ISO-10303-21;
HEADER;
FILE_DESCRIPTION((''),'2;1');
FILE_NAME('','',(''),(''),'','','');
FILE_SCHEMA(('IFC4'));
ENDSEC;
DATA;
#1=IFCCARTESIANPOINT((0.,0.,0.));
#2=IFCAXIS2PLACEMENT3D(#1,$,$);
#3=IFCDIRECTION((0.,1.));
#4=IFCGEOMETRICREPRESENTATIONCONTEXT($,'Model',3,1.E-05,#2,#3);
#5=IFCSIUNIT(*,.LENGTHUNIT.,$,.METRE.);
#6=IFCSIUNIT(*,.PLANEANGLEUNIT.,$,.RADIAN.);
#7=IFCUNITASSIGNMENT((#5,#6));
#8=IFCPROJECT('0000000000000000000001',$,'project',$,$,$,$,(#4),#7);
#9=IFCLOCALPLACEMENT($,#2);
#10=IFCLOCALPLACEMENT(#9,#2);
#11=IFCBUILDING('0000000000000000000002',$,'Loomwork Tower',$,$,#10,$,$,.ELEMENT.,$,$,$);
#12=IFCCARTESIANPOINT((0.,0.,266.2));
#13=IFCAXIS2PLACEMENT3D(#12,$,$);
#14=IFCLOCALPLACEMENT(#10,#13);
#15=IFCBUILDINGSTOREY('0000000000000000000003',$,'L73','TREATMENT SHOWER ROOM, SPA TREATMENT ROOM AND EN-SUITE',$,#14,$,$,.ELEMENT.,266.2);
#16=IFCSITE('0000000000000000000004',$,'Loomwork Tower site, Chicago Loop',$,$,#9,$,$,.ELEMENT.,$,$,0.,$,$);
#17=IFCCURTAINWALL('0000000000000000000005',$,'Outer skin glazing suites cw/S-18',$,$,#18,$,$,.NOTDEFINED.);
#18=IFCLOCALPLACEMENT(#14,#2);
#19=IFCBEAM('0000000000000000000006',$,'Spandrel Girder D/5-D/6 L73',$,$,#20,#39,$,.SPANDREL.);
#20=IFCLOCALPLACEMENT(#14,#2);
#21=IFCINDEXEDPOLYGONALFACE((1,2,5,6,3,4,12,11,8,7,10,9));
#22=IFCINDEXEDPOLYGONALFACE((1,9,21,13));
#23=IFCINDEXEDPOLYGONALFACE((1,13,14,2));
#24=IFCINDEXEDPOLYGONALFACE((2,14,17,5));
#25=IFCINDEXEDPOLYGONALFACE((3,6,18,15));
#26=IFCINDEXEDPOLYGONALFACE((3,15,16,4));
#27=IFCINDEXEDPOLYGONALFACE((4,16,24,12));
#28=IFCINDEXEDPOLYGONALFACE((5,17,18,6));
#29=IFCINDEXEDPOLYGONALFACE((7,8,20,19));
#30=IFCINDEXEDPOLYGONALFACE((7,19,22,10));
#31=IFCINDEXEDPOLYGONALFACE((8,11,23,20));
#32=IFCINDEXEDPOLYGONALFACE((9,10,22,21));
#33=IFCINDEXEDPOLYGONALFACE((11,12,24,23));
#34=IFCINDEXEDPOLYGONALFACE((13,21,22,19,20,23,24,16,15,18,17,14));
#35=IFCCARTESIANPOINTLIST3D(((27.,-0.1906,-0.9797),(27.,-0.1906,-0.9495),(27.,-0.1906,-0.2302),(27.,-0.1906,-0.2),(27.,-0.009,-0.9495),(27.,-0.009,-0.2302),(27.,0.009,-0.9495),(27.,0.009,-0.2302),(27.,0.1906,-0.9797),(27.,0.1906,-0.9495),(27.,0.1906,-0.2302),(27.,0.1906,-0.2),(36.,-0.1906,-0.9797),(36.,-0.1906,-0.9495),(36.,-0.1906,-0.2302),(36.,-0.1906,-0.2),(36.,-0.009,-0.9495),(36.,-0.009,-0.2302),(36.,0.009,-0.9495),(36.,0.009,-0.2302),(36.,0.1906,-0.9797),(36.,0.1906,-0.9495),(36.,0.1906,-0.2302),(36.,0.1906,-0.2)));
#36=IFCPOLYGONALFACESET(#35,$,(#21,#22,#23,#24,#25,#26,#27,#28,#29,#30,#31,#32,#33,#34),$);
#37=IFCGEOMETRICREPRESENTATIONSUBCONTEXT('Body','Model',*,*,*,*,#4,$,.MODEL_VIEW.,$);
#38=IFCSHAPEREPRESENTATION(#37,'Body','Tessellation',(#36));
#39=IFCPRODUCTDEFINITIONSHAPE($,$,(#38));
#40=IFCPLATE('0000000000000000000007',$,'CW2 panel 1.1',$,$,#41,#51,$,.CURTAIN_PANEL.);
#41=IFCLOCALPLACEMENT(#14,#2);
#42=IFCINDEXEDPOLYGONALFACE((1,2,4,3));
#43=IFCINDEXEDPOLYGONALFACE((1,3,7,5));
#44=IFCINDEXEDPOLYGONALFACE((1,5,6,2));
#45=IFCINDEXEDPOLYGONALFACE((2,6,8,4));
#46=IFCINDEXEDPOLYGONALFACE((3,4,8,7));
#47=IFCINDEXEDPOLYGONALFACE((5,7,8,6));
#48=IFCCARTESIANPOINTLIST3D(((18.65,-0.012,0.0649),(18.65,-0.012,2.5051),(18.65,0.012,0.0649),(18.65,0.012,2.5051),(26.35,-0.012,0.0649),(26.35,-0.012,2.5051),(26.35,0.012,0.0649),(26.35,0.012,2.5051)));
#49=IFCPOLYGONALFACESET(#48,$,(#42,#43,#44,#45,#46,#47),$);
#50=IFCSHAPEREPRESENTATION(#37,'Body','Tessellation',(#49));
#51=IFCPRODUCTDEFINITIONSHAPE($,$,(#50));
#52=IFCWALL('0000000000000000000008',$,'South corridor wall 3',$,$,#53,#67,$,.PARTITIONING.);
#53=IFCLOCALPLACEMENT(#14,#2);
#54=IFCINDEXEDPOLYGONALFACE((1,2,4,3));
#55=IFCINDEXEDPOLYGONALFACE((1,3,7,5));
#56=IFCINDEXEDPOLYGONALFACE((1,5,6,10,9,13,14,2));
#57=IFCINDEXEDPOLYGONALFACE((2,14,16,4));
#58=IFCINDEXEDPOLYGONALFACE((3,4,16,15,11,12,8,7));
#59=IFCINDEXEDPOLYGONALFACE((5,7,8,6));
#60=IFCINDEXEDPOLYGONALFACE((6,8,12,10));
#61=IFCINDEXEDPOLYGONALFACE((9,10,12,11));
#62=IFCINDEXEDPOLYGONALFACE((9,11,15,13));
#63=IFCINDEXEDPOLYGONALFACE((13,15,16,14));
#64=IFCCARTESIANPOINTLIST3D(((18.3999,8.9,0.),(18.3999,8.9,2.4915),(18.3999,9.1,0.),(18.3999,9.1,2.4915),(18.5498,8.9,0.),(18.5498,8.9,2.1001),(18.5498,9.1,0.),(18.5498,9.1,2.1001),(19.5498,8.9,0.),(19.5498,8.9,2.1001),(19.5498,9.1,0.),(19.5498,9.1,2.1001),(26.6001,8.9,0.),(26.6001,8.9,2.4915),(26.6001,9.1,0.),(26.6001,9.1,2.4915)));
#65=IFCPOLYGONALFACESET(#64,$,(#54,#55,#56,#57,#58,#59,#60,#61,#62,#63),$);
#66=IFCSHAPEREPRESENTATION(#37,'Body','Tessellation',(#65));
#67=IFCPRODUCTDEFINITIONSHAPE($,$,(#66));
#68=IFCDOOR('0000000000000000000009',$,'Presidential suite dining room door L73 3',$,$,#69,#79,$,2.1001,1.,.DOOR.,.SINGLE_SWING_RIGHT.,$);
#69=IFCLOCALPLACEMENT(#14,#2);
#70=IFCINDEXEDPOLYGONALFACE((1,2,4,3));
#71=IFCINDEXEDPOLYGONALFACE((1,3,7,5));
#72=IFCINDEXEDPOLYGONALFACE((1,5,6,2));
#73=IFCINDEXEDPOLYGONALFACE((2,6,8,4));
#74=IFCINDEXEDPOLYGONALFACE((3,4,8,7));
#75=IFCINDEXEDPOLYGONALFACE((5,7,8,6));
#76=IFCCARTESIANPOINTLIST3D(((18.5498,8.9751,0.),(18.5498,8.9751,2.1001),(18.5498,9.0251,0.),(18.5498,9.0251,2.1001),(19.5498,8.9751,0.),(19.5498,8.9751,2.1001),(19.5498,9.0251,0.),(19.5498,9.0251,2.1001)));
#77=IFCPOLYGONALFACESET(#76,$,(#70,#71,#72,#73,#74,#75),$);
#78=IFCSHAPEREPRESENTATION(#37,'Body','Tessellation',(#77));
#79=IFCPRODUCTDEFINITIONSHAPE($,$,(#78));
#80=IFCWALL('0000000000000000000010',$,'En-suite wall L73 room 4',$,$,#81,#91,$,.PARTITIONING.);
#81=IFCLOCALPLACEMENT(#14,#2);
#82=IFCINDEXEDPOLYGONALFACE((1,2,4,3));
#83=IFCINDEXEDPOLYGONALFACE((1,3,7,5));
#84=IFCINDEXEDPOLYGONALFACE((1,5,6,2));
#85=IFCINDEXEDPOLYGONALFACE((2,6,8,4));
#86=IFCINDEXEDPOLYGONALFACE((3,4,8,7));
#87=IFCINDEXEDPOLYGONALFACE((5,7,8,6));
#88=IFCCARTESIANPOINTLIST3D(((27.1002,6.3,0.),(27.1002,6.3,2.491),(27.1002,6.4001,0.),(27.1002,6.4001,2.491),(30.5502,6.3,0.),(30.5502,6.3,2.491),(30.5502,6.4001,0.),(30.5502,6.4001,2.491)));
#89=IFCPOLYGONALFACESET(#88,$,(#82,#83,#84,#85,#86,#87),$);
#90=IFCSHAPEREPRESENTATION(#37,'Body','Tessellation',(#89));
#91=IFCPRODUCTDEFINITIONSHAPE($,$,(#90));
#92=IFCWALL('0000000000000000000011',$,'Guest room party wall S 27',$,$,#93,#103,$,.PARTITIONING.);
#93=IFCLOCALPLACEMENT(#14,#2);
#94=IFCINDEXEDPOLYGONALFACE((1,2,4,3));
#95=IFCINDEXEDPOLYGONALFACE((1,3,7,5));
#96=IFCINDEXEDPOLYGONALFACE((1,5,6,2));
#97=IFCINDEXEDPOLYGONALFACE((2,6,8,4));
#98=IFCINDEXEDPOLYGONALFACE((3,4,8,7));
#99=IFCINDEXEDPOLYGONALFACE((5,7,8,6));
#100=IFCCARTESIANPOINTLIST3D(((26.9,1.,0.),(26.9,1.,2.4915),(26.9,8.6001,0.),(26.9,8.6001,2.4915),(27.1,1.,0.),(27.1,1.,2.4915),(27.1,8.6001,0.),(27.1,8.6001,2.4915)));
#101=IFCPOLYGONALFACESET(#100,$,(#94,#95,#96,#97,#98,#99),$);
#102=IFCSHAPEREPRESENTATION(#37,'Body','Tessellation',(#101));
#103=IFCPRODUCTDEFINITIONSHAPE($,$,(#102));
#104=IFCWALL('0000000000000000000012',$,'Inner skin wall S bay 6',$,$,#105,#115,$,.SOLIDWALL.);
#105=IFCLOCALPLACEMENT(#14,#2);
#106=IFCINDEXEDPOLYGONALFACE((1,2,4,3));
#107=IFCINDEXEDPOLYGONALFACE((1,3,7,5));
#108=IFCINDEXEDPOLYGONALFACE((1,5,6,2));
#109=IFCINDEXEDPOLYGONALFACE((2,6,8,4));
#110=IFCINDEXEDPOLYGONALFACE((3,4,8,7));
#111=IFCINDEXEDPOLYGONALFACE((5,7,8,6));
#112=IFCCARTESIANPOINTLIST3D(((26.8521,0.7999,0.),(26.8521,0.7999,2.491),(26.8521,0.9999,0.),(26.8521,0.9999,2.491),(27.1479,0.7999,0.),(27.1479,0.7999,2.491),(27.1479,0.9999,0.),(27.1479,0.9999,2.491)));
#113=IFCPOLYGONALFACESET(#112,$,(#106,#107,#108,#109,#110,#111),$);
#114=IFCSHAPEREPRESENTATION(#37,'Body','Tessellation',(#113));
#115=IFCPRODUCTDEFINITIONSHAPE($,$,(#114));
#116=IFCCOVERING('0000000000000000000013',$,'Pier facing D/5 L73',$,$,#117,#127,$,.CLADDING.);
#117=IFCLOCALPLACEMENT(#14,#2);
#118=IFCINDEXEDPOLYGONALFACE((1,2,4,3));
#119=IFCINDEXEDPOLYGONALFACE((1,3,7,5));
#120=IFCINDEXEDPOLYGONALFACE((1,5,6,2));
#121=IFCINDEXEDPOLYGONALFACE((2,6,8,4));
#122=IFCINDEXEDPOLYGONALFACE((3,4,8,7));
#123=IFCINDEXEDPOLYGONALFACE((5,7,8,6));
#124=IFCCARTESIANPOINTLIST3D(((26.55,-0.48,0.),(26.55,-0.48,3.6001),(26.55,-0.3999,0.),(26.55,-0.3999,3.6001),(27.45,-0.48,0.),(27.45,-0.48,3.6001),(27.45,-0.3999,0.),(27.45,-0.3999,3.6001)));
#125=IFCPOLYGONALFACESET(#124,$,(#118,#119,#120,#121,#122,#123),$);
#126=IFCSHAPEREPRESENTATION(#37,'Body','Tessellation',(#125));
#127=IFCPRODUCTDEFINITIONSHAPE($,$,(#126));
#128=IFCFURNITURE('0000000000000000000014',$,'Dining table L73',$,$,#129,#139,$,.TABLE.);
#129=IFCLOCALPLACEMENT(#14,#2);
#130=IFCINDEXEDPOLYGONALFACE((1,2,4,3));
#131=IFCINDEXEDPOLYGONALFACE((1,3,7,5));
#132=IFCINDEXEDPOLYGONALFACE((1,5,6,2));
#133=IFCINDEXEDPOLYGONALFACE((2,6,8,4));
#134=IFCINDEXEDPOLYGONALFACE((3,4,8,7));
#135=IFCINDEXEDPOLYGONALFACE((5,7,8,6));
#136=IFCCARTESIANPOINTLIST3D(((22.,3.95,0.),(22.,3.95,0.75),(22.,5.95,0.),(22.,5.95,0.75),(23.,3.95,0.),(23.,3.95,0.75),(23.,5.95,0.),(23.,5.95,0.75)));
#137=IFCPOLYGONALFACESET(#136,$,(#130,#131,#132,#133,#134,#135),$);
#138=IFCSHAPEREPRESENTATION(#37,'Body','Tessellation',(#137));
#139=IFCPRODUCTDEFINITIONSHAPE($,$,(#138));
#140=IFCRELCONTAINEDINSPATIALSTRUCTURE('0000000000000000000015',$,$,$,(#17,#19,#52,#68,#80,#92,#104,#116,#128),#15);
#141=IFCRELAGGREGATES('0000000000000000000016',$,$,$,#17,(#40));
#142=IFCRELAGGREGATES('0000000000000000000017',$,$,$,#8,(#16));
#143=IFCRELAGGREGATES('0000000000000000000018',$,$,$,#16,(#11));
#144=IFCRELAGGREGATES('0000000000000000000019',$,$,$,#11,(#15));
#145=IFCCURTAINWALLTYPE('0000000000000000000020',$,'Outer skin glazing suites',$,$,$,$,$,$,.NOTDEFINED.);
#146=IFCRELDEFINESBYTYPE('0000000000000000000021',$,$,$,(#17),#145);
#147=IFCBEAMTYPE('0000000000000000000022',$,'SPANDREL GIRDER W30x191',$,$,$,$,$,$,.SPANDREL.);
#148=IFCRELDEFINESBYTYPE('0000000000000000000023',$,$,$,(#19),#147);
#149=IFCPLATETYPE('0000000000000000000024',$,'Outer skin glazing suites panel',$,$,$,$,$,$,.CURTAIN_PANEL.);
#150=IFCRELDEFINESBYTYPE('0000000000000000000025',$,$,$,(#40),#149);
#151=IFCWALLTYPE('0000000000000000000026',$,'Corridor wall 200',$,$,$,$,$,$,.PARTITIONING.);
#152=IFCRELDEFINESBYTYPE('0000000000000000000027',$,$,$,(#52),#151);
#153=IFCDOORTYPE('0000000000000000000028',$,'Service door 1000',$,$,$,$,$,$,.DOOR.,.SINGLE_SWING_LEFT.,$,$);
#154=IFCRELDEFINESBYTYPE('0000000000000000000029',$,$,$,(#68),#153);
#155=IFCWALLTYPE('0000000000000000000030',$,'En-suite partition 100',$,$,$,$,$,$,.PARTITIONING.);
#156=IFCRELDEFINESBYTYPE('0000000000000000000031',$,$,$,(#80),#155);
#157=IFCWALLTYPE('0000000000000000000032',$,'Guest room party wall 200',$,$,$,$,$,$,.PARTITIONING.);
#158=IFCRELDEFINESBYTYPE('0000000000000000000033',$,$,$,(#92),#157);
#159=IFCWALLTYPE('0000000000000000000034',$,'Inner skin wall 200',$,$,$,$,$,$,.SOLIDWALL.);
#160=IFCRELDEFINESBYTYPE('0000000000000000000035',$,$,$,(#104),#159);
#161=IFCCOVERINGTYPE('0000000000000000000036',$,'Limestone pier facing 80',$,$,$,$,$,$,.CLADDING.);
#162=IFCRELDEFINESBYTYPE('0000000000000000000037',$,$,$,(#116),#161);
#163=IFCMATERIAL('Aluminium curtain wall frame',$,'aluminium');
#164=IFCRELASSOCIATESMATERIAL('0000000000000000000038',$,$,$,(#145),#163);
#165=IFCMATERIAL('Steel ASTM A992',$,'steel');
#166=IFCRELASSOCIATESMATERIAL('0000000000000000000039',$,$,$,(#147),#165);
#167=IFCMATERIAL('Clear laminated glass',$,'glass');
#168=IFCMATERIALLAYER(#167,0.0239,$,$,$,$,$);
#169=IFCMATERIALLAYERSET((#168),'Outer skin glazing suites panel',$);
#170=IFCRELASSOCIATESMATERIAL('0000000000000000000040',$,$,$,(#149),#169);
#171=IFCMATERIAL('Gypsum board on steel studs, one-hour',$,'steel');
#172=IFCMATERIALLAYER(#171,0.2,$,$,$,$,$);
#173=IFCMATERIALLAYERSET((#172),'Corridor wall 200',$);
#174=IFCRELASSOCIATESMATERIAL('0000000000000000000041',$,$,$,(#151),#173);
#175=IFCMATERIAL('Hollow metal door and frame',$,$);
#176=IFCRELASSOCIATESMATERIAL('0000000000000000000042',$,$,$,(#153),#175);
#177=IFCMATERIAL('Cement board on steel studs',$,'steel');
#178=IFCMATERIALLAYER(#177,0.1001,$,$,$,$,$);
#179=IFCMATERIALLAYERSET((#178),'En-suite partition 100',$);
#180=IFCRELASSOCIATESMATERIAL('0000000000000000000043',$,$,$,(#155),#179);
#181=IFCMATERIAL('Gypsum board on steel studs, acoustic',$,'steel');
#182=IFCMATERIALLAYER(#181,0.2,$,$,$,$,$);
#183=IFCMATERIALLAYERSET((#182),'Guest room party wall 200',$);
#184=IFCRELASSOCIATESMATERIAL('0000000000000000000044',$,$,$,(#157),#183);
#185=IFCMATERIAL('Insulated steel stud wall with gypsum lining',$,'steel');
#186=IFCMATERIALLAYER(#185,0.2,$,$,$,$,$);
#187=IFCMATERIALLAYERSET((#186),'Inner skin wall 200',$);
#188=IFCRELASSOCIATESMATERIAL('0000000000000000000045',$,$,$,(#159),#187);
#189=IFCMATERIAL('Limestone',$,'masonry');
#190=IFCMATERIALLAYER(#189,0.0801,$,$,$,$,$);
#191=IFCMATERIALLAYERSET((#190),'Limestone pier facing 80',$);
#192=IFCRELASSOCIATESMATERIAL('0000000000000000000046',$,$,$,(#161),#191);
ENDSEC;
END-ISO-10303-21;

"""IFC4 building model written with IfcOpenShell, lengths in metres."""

from ifc_helpers import new_model, si_unit, direction, frame, frame_2d, origin, origin_2d, place, context, subcontext, project, spatial, rectangle, i_section, extrude, material, layer, layer_set, material_profile, profile_set, type_object, element, fill, aggregate, save


model = new_model("IFC4")

# Units and contexts
model_context = context("Model", 3, precision=1e-05, world=origin(), true_north=direction((0.0, 1.0)))
body_context = subcontext(model_context, "Body", "Model", "MODEL_VIEW")
ifc_project = project(units=[si_unit("LENGTHUNIT", "METRE"), si_unit("PLANEANGLEUNIT", "RADIAN")], contexts=[model_context])

# Site, building, storey
site_placement = place(None, origin())
site = spatial("IfcSite", under=ifc_project, at=site_placement, Name="Loomwork Tower site, Chicago Loop", CompositionType="ELEMENT", RefElevation=0.0)
building_placement = place(site_placement, origin())
building = spatial("IfcBuilding", under=site, at=building_placement, Name="Loomwork Tower", CompositionType="ELEMENT")
storey_placement = place(building_placement, frame((0.0, 0.0, 266.2)))
storey = spatial("IfcBuildingStorey", under=building, at=storey_placement, Name="L73", Description="TREATMENT SHOWER ROOM, SPA TREATMENT ROOM AND EN-SUITE", CompositionType="ELEMENT", Elevation=266.2)

# Curtain wall
ifc_material_1 = material(Name="Aluminium curtain wall frame", Category="aluminium")
curtain_wall_type = type_object("IfcCurtainWallType", Name="Outer skin glazing suites", PredefinedType="NOTDEFINED", material=ifc_material_1)
curtain_wall_placement = place(storey_placement, origin())
curtain_wall = element("IfcCurtainWall", 1, at=curtain_wall_placement, inside=storey, type_object=curtain_wall_type, Name="Outer skin glazing suites cw/S-18", PredefinedType="NOTDEFINED")

# Beam
ifc_material_2 = material(Name="Steel ASTM A992", Category="steel")
ifc_material_profile_1 = material_profile(ifc_material_2, i_section(OverallWidth=0.3811, OverallDepth=0.7798, WebThickness=0.0181, FlangeThickness=0.0303, at=origin_2d()), Name="W30x191")
ifc_profile_set_1 = profile_set([ifc_material_profile_1], Name="Steel ASTM A992")
beam_type_1 = type_object("IfcBeamType", Name="SPANDREL GIRDER W30x191", PredefinedType="SPANDREL", material=ifc_profile_set_1)
beam_1_placement = place(storey_placement, frame((27.0, 0.0, -0.5898), z_axis=(1.0, 0.0, 0.0), x_axis=(0.0, 1.0, 0.0)))
element("IfcBeam", 2, at=beam_1_placement, inside=storey, type_object=beam_type_1, Name="Spandrel Girder D/5-D/6 L73", PredefinedType="SPANDREL", context=body_context, shape_type="SweptSolid", body=[
    extrude(i_section(OverallWidth=0.3811, OverallDepth=0.7798, WebThickness=0.0181, FlangeThickness=0.0303, at=origin_2d()), origin(), (0.0, 0.0, 1.0), 9.0),
])

# Plate
ifc_material_3 = material(Name="Clear laminated glass", Category="glass")
ifc_layer_1 = layer(ifc_material_3, 0.0239)
ifc_layer_set_1 = layer_set([ifc_layer_1], Name="Outer skin glazing suites panel")
plate_type = type_object("IfcPlateType", Name="Outer skin glazing suites panel", PredefinedType="CURTAIN_PANEL", material=ifc_layer_set_1)
plate_placement = place(storey_placement, frame((22.5, 0.0, 0.0649), z_axis=(0.0, 0.0, 1.0), x_axis=(1.0, 0.0, 0.0)))
plate = element("IfcPlate", 3, at=plate_placement, type_object=plate_type, Name="CW2 panel 1.1", PredefinedType="CURTAIN_PANEL", context=body_context, shape_type="SweptSolid", body=[
    extrude(rectangle(XDim=7.7, YDim=0.0239, at=origin_2d()), origin(), (0.0, 0.0, 1.0), 2.4402),
])
aggregate(curtain_wall, [plate])

# Wall, opening, door
ifc_material_4 = material(Name="Gypsum board on steel studs, one-hour", Category="steel")
ifc_layer_2 = layer(ifc_material_4, 0.2)
ifc_layer_set_2 = layer_set([ifc_layer_2], Name="Corridor wall 200")
wall_type_1 = type_object("IfcWallType", Name="Corridor wall 200", PredefinedType="PARTITIONING", material=ifc_layer_set_2)
wall_1_placement = place(storey_placement, frame((18.3999, 9.0, 0.0), z_axis=(0.0, 0.0, 1.0), x_axis=(1.0, 0.0, 0.0)))
wall_1 = element("IfcWall", 4, at=wall_1_placement, inside=storey, type_object=wall_type_1, Name="South corridor wall 3", PredefinedType="PARTITIONING", context=body_context, shape_type="SweptSolid", body=[
    extrude(rectangle(XDim=8.2002, YDim=0.2, at=frame_2d((4.1001, 0.0))), origin(), (0.0, 0.0, 1.0), 2.4915),
])
opening_placement = place(wall_1_placement, frame((0.1499, 0.0, 0.0)))
opening = element("IfcOpeningElement", 5, at=opening_placement, cuts=wall_1, PredefinedType="OPENING", context=body_context, shape_type="SweptSolid", body=[
    extrude(rectangle(XDim=1.0, YDim=2.1001, at=frame_2d((0.5, 1.05))), frame((0.0, 0.1099, 0.0), z_axis=(0.0, -1.0, 0.0), x_axis=(1.0, 0.0, 0.0)), (0.0, 0.0, 1.0), 0.22),
])
ifc_material_5 = material(Name="Hollow metal door and frame")
door_type = type_object("IfcDoorType", Name="Service door 1000", OperationType="SINGLE_SWING_LEFT", PredefinedType="DOOR", material=ifc_material_5)
door_placement = place(opening_placement, frame((1.0, 0.0, 0.0), z_axis=(0.0, 0.0, 1.0), x_axis=(-1.0, 0.0, 0.0)))
door = element("IfcDoor", 6, at=door_placement, inside=storey, type_object=door_type, Name="Presidential suite dining room door L73 3", OperationType="SINGLE_SWING_RIGHT", OverallHeight=2.1001, OverallWidth=1.0, PredefinedType="DOOR", context=body_context, shape_type="SweptSolid", body=[
    extrude(rectangle(XDim=1.0, YDim=2.1001, at=frame_2d((0.5, 1.05))), frame((0.0, 0.0249, 0.0), z_axis=(0.0, -1.0, 0.0), x_axis=(1.0, 0.0, 0.0)), (0.0, 0.0, 1.0), 0.05),
])
fill(opening, door)

# Walls
ifc_material_6 = material(Name="Cement board on steel studs", Category="steel")
ifc_layer_3 = layer(ifc_material_6, 0.1001)
ifc_layer_set_3 = layer_set([ifc_layer_3], Name="En-suite partition 100")
wall_type_2 = type_object("IfcWallType", Name="En-suite partition 100", PredefinedType="PARTITIONING", material=ifc_layer_set_3)
wall_2_placement = place(storey_placement, frame((27.1001, 6.3501, 0.0), z_axis=(0.0, 0.0, 1.0), x_axis=(1.0, 0.0, 0.0)))
element("IfcWall", 7, at=wall_2_placement, inside=storey, type_object=wall_type_2, Name="En-suite wall L73 room 4", PredefinedType="PARTITIONING", context=body_context, shape_type="SweptSolid", body=[
    extrude(rectangle(XDim=3.45, YDim=0.1001, at=frame_2d((1.7251, 0.0))), origin(), (0.0, 0.0, 1.0), 2.491),
])
ifc_material_7 = material(Name="Gypsum board on steel studs, acoustic", Category="steel")
ifc_layer_4 = layer(ifc_material_7, 0.2)
ifc_layer_set_4 = layer_set([ifc_layer_4], Name="Guest room party wall 200")
wall_type_3 = type_object("IfcWallType", Name="Guest room party wall 200", PredefinedType="PARTITIONING", material=ifc_layer_set_4)
wall_3_placement = place(storey_placement, frame((27.0, 8.6001, 0.0), z_axis=(0.0, 0.0, 1.0), x_axis=(0.0, -1.0, 0.0)))
element("IfcWall", 8, at=wall_3_placement, inside=storey, type_object=wall_type_3, Name="Guest room party wall S 27", PredefinedType="PARTITIONING", context=body_context, shape_type="SweptSolid", body=[
    extrude(rectangle(XDim=7.6001, YDim=0.2, at=frame_2d((3.8, 0.0))), origin(), (0.0, 0.0, 1.0), 2.4915),
])
ifc_material_8 = material(Name="Insulated steel stud wall with gypsum lining", Category="steel")
ifc_layer_5 = layer(ifc_material_8, 0.2)
ifc_layer_set_5 = layer_set([ifc_layer_5], Name="Inner skin wall 200")
wall_type_4 = type_object("IfcWallType", Name="Inner skin wall 200", PredefinedType="SOLIDWALL", material=ifc_layer_set_5)
wall_4_placement = place(storey_placement, frame((26.8521, 0.8999, 0.0), z_axis=(0.0, 0.0, 1.0), x_axis=(1.0, 0.0, 0.0)))
element("IfcWall", 9, at=wall_4_placement, inside=storey, type_object=wall_type_4, Name="Inner skin wall S bay 6", PredefinedType="SOLIDWALL", context=body_context, shape_type="SweptSolid", body=[
    extrude(rectangle(XDim=0.2959, YDim=0.2, at=frame_2d((0.1479, 0.0))), origin(), (0.0, 0.0, 1.0), 2.491),
])

# Covering
ifc_material_9 = material(Name="Limestone", Category="masonry")
ifc_layer_6 = layer(ifc_material_9, 0.0801)
ifc_layer_set_6 = layer_set([ifc_layer_6], Name="Limestone pier facing 80")
covering_type = type_object("IfcCoveringType", Name="Limestone pier facing 80", PredefinedType="CLADDING", material=ifc_layer_set_6)
covering_placement = place(storey_placement, frame((27.0, -0.4399, 0.0), z_axis=(0.0, 0.0, 1.0), x_axis=(1.0, 0.0, 0.0)))
element("IfcCovering", 10, at=covering_placement, inside=storey, type_object=covering_type, Name="Pier facing D/5 L73", PredefinedType="CLADDING", context=body_context, shape_type="SweptSolid", body=[
    extrude(rectangle(XDim=0.8999, YDim=0.0801, at=origin_2d()), origin(), (0.0, 0.0, 1.0), 3.6001),
])

# Furniture
furniture_placement = place(storey_placement, frame((22.5, 4.95, 0.0), z_axis=(0.0, 0.0, 1.0), x_axis=(1.0, 0.0, 0.0)))
element("IfcFurniture", 11, at=furniture_placement, inside=storey, Name="Dining table L73", PredefinedType="TABLE", context=body_context, shape_type="SweptSolid", body=[
    extrude(rectangle(XDim=1.0, YDim=2.0, at=origin_2d()), origin(), (0.0, 0.0, 1.0), 0.75),
])

save(model, "model.ifc")
